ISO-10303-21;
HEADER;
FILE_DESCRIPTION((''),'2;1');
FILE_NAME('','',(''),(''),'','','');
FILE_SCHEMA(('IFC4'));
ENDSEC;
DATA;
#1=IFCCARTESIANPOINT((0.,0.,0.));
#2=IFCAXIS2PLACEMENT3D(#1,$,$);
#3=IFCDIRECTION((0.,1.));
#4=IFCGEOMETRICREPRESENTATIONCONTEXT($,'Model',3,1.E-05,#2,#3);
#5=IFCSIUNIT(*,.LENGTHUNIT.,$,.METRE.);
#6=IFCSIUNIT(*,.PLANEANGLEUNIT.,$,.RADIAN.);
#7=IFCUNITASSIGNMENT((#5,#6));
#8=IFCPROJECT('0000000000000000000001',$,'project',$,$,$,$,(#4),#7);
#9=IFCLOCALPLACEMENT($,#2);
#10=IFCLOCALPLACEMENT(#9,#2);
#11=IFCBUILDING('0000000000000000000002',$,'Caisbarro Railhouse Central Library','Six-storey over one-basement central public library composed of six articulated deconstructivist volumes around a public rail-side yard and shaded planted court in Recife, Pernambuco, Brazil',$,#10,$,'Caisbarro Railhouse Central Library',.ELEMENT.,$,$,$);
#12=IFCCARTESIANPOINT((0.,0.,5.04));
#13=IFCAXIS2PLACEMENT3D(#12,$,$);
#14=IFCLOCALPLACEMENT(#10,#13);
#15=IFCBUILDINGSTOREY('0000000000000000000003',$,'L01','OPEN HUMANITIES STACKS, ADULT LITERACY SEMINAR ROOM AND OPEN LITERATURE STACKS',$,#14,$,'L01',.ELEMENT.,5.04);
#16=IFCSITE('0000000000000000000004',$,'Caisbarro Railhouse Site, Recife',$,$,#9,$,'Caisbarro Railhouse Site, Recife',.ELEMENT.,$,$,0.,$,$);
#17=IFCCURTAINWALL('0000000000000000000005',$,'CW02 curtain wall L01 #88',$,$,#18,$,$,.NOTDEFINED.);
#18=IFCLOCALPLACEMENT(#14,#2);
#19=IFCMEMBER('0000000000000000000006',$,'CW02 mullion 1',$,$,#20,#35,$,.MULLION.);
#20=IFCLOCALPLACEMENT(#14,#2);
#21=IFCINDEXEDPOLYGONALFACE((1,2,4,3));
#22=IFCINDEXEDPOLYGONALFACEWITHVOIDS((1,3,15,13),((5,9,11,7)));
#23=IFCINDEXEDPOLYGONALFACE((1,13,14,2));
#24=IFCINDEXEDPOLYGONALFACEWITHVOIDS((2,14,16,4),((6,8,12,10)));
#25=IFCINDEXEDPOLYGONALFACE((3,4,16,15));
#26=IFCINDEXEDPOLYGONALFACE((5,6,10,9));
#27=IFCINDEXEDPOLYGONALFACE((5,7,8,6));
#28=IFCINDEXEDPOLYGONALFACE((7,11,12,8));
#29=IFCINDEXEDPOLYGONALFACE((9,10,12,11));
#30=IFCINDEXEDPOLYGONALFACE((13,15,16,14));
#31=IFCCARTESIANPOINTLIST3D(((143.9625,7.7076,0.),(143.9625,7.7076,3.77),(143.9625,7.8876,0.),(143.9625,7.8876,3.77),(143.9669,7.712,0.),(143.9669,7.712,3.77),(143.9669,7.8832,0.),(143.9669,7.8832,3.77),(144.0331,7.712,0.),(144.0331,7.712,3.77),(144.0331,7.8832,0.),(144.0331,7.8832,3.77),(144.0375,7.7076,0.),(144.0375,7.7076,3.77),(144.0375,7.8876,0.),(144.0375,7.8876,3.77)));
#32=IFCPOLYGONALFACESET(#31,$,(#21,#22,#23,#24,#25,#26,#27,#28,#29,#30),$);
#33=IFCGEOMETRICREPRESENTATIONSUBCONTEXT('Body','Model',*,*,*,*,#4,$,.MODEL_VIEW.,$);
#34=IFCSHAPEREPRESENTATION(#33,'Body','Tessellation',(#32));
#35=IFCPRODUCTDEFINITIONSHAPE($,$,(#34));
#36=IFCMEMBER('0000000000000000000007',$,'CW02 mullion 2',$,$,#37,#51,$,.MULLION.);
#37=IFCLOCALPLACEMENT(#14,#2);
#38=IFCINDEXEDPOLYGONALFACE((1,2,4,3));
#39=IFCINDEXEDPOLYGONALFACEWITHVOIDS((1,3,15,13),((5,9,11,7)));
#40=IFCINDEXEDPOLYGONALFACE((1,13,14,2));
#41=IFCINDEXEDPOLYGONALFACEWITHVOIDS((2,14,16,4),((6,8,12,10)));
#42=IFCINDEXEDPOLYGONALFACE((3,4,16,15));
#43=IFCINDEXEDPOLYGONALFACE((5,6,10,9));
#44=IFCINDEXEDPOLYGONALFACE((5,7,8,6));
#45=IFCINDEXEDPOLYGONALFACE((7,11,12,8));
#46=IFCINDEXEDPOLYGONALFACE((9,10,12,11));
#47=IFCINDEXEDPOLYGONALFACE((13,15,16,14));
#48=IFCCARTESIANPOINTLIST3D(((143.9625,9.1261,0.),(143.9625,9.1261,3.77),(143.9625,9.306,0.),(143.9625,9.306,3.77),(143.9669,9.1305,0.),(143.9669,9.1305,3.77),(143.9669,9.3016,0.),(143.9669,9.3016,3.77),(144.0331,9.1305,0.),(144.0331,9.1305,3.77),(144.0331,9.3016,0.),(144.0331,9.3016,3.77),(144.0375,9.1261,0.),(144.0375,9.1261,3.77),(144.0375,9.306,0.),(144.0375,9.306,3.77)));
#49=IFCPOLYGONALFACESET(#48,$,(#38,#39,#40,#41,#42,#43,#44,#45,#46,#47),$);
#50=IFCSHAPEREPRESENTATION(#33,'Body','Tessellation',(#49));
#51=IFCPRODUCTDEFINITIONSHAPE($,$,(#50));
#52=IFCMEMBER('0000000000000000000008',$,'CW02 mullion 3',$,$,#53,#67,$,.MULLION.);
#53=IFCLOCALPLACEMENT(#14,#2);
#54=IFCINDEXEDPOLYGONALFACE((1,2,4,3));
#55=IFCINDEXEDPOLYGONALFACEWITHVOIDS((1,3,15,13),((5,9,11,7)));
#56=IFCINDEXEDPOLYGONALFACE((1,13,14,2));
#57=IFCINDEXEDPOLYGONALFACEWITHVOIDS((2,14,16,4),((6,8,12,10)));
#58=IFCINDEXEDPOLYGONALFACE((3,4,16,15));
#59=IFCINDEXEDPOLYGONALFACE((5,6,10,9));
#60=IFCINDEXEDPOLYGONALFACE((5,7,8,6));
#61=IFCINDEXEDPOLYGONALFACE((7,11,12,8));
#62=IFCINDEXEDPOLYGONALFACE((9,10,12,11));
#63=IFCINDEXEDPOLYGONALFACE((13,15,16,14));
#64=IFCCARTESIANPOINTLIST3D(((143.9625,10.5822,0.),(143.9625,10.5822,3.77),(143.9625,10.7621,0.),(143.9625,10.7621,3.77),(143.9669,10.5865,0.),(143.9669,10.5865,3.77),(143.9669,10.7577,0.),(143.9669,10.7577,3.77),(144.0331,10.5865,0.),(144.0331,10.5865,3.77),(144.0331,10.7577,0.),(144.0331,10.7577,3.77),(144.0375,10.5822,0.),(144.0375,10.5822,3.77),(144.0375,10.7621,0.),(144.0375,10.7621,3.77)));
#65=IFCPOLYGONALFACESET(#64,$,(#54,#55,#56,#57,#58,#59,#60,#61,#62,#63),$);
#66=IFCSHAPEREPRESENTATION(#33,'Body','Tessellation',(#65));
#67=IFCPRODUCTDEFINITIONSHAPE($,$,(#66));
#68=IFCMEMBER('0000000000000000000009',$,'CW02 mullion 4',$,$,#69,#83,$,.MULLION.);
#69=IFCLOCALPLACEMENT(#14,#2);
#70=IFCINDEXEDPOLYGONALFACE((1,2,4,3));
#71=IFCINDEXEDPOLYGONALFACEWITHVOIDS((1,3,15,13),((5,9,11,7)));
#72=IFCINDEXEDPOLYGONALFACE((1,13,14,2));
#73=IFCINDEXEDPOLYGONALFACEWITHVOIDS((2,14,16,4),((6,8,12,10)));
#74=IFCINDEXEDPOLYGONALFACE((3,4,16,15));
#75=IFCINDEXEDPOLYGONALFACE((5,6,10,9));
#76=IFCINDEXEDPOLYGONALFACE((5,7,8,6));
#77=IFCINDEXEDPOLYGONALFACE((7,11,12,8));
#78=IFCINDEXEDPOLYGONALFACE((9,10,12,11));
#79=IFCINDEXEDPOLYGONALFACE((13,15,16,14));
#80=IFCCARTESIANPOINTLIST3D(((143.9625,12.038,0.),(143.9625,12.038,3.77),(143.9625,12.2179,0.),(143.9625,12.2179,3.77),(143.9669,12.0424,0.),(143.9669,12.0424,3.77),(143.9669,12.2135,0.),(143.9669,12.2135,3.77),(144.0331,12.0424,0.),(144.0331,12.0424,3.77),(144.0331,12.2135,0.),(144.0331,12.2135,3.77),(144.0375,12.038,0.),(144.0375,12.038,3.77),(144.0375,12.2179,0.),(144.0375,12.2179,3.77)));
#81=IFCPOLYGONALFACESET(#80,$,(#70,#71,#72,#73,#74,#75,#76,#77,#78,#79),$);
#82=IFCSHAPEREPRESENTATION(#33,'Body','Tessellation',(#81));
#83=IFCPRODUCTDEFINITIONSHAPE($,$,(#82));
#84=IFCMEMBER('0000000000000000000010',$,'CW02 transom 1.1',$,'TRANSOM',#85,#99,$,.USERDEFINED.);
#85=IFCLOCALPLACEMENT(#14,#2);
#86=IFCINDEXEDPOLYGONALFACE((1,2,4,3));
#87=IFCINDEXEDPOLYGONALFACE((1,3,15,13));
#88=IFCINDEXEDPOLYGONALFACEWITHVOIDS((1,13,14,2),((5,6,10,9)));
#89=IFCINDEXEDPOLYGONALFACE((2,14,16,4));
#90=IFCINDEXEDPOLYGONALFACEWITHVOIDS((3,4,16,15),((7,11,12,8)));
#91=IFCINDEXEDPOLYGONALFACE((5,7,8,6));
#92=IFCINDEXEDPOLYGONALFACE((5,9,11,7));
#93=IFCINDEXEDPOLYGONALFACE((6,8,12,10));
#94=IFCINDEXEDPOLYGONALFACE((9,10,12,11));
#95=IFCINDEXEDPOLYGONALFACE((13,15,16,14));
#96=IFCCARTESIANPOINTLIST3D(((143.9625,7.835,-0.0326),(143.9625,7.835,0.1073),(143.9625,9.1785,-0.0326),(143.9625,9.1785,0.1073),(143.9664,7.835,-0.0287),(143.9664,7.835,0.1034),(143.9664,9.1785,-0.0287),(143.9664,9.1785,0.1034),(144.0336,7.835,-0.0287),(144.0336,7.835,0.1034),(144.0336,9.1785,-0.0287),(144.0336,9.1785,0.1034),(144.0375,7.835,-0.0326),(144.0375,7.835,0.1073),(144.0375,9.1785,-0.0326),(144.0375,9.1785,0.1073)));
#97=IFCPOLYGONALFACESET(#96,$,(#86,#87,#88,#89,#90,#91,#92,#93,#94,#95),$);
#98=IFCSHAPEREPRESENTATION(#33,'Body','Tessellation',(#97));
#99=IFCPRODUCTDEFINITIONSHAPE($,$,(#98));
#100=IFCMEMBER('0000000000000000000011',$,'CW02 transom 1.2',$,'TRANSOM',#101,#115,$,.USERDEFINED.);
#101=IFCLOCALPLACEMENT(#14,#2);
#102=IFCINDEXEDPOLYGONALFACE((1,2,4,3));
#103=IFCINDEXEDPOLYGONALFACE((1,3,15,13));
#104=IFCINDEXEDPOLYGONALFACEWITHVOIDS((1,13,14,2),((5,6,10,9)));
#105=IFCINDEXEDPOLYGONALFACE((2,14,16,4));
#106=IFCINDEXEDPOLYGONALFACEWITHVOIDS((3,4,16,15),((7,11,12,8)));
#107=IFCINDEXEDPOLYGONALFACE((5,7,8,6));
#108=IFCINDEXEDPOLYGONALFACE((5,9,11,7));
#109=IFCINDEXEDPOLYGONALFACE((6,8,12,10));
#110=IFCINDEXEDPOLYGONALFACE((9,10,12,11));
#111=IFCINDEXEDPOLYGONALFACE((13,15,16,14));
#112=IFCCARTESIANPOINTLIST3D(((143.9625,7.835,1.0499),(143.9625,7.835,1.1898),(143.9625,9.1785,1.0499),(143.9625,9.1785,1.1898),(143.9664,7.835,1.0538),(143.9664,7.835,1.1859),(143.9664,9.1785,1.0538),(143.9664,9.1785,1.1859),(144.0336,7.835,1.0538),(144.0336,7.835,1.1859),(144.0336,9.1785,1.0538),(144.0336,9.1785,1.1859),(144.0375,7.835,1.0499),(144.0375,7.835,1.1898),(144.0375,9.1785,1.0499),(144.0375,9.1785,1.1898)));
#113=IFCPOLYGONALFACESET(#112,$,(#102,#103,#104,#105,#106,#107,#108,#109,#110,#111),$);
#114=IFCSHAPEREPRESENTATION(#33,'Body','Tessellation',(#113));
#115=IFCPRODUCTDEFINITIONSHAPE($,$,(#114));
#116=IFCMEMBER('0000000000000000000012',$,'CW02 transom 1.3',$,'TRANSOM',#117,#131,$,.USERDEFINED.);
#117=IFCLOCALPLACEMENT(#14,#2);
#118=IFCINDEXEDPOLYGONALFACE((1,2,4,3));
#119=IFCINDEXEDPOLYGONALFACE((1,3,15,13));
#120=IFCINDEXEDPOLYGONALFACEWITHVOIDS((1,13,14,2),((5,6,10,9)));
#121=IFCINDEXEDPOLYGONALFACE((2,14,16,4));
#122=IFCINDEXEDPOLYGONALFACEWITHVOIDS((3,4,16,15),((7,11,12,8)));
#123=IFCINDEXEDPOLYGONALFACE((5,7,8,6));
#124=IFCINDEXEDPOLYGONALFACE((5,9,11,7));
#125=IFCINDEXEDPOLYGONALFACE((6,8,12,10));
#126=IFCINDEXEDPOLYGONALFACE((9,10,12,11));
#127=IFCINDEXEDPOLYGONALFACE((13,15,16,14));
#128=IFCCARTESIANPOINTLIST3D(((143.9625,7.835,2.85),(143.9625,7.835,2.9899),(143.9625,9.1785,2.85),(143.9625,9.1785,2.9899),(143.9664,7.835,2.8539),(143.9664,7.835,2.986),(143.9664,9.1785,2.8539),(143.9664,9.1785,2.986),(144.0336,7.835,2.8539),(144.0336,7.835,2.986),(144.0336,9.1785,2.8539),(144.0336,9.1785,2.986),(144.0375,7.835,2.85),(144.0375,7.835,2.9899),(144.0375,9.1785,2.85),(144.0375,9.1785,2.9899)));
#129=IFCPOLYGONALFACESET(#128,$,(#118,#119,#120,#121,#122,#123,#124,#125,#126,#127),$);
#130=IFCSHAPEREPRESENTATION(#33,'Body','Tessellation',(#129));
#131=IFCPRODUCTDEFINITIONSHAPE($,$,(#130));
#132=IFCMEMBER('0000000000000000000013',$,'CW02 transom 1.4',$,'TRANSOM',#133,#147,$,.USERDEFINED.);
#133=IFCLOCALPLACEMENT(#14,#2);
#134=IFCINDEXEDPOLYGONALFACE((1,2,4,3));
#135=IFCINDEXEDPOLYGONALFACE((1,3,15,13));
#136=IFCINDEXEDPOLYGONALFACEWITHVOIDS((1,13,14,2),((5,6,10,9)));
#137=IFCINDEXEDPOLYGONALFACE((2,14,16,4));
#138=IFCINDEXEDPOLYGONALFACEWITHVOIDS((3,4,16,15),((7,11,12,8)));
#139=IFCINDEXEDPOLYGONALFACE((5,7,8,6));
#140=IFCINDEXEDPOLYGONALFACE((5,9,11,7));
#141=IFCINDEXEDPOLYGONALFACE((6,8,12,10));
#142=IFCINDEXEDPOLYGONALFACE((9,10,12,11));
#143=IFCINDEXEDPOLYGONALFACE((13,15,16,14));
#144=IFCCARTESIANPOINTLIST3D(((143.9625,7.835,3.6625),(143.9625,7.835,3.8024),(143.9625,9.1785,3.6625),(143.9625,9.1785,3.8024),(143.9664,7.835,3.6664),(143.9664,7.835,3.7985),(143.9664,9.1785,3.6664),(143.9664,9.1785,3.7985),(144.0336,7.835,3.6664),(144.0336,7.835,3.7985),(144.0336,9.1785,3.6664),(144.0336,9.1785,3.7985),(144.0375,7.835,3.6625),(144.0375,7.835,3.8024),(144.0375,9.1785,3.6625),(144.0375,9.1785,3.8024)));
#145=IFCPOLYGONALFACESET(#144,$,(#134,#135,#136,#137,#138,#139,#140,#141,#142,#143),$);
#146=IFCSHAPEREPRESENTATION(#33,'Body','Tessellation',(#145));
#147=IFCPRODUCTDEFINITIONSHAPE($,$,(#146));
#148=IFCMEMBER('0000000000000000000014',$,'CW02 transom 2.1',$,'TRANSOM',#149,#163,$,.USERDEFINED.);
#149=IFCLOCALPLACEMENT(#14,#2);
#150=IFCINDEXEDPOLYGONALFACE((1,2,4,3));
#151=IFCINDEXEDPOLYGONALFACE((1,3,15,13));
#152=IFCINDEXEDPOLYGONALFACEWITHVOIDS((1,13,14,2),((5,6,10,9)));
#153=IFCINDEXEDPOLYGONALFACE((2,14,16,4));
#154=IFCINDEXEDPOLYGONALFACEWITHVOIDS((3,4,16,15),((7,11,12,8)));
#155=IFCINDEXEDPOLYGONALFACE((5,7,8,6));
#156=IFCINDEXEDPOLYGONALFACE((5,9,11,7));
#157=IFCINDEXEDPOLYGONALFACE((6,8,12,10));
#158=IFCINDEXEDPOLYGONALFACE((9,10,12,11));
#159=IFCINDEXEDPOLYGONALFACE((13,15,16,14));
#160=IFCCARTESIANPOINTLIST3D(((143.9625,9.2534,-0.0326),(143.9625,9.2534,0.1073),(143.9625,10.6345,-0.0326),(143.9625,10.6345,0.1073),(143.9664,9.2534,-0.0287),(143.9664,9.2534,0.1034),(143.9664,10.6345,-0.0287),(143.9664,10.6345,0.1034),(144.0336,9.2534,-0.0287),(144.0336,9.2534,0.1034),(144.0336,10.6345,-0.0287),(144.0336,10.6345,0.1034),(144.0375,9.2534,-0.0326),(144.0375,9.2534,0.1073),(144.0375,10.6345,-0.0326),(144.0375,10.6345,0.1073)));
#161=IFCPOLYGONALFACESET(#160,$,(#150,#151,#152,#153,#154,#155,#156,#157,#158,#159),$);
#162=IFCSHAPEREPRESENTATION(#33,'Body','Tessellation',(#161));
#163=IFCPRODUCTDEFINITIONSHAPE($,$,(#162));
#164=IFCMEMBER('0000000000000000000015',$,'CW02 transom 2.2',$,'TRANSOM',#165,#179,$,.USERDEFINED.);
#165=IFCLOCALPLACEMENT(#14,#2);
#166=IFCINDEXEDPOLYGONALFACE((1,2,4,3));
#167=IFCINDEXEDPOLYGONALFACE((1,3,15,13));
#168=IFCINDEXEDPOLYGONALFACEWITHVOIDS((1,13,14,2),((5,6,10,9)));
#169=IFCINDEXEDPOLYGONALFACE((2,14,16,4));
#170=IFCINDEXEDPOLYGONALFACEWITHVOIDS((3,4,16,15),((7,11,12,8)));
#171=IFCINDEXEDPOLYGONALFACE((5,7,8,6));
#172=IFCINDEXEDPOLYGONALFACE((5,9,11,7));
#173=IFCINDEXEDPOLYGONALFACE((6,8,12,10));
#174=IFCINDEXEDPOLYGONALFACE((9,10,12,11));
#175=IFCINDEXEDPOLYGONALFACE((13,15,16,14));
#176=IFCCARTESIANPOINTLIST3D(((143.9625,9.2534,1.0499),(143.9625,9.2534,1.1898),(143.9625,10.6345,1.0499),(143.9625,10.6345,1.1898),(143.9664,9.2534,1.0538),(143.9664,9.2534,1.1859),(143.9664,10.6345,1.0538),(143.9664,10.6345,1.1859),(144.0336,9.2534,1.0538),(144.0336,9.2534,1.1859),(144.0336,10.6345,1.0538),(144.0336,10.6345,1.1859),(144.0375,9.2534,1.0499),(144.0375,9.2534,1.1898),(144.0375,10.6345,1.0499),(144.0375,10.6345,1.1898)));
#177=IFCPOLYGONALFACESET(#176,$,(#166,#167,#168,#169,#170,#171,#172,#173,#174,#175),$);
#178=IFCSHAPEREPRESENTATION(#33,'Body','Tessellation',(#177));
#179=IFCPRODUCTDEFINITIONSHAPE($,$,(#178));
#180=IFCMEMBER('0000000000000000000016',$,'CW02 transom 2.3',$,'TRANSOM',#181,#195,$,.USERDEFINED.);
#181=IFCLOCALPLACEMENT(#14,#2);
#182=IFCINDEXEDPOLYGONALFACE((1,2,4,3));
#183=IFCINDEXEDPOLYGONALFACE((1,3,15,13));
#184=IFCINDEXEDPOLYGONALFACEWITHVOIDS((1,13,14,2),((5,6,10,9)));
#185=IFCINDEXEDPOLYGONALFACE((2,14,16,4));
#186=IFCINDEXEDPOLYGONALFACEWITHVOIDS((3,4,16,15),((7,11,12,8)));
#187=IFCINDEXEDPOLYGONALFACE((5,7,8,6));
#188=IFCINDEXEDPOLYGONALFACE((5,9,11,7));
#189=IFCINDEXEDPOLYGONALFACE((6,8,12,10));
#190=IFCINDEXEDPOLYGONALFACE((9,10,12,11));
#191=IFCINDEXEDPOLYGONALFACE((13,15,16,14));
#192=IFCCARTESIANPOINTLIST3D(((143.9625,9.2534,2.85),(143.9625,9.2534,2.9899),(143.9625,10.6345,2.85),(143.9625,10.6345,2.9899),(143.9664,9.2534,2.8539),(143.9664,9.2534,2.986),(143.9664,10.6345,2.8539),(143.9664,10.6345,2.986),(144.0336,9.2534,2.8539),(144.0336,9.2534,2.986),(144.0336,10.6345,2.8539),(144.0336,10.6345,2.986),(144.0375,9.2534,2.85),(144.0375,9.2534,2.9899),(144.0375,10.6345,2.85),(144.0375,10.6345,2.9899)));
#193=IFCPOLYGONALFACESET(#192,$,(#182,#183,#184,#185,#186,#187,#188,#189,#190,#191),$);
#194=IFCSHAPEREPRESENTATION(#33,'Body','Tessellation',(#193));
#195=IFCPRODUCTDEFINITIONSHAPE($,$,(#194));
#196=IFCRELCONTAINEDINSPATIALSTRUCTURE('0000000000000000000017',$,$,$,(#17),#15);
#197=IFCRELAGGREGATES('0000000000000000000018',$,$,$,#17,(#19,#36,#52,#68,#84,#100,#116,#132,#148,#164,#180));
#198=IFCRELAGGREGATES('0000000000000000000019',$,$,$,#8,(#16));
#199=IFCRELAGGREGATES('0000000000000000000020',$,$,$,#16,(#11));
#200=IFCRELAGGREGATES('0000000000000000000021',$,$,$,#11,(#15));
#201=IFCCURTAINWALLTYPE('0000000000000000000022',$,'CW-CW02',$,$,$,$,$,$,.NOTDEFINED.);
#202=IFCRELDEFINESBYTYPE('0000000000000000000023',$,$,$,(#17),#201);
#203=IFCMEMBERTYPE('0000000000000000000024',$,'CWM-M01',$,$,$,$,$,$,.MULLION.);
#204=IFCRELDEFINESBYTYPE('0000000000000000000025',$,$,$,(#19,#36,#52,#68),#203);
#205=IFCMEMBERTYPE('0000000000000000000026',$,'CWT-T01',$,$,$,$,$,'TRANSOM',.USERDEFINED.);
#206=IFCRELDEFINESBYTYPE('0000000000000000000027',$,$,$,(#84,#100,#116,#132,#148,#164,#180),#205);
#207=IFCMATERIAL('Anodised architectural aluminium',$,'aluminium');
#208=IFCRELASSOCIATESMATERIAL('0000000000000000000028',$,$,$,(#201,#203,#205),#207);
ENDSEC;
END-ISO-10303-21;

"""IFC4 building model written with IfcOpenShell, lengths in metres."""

from ifc_helpers import new_model, si_unit, direction, frame, origin, origin_2d, place, context, subcontext, project, spatial, hollow_rectangle, extrude, material, material_profile, profile_set, type_object, element, aggregate, save


model = new_model("IFC4")

# Units and contexts
model_context = context("Model", 3, precision=1e-05, world=origin(), true_north=direction((0.0, 1.0)))
body_context = subcontext(model_context, "Body", "Model", "MODEL_VIEW")
ifc_project = project(units=[si_unit("LENGTHUNIT", "METRE"), si_unit("PLANEANGLEUNIT", "RADIAN")], contexts=[model_context])

# Site, building, storey
site_placement = place(None, origin())
site = spatial("IfcSite", under=ifc_project, at=site_placement, Name="Caisbarro Railhouse Site, Recife", LongName="Caisbarro Railhouse Site, Recife", CompositionType="ELEMENT", RefElevation=0.0)
building_placement = place(site_placement, origin())
building = spatial("IfcBuilding", under=site, at=building_placement, Name="Caisbarro Railhouse Central Library", Description="Six-storey over one-basement central public library composed of six articulated deconstructivist volumes around a public rail-side yard and shaded planted court in Recife, Pernambuco, Brazil", LongName="Caisbarro Railhouse Central Library", CompositionType="ELEMENT")
storey_placement = place(building_placement, frame((0.0, 0.0, 5.04)))
storey = spatial("IfcBuildingStorey", under=building, at=storey_placement, Name="L01", Description="OPEN HUMANITIES STACKS, ADULT LITERACY SEMINAR ROOM AND OPEN LITERATURE STACKS", LongName="L01", CompositionType="ELEMENT", Elevation=5.04)

# Curtain wall, members
ifc_material_1 = material(Name="Anodised architectural aluminium", Category="aluminium")
curtain_wall_type = type_object("IfcCurtainWallType", Name="CW-CW02", PredefinedType="NOTDEFINED", material=ifc_material_1)
curtain_wall_placement = place(storey_placement, origin())
curtain_wall = element("IfcCurtainWall", 1, at=curtain_wall_placement, inside=storey, type_object=curtain_wall_type, Name="CW02 curtain wall L01 #88", PredefinedType="NOTDEFINED")
ifc_material_profile_1 = material_profile(ifc_material_1, hollow_rectangle(XDim=0.075, YDim=0.1799, WallThickness=0.0044, at=origin_2d()), Name="ALU-MUL-75X180")
ifc_profile_set_1 = profile_set([ifc_material_profile_1], Name="Anodised architectural aluminium")
member_type_1 = type_object("IfcMemberType", Name="CWM-M01", PredefinedType="MULLION", material=ifc_profile_set_1)
member_1_placement = place(storey_placement, frame((144.0, 7.7976, 0.0), z_axis=(0.0, 0.0, 1.0), x_axis=(-1.0, 0.0, 0.0)))
member_1 = element("IfcMember", 2, at=member_1_placement, type_object=member_type_1, Name="CW02 mullion 1", PredefinedType="MULLION", context=body_context, shape_type="SweptSolid", body=[
    extrude(hollow_rectangle(XDim=0.075, YDim=0.1799, WallThickness=0.0044, at=origin_2d()), origin(), (0.0, 0.0, 1.0), 3.77),
])
member_2_placement = place(storey_placement, frame((144.0, 9.2161, 0.0), z_axis=(0.0, 0.0, 1.0), x_axis=(-1.0, 0.0, 0.0)))
member_2 = element("IfcMember", 3, at=member_2_placement, type_object=member_type_1, Name="CW02 mullion 2", PredefinedType="MULLION", context=body_context, shape_type="SweptSolid", body=[
    extrude(hollow_rectangle(XDim=0.075, YDim=0.1799, WallThickness=0.0044, at=origin_2d()), origin(), (0.0, 0.0, 1.0), 3.77),
])
member_3_placement = place(storey_placement, frame((144.0, 10.6721, 0.0), z_axis=(0.0, 0.0, 1.0), x_axis=(-1.0, 0.0, 0.0)))
member_3 = element("IfcMember", 4, at=member_3_placement, type_object=member_type_1, Name="CW02 mullion 3", PredefinedType="MULLION", context=body_context, shape_type="SweptSolid", body=[
    extrude(hollow_rectangle(XDim=0.075, YDim=0.1799, WallThickness=0.0044, at=origin_2d()), origin(), (0.0, 0.0, 1.0), 3.77),
])
member_4_placement = place(storey_placement, frame((144.0, 12.1279, 0.0), z_axis=(0.0, 0.0, 1.0), x_axis=(-1.0, 0.0, 0.0)))
member_4 = element("IfcMember", 5, at=member_4_placement, type_object=member_type_1, Name="CW02 mullion 4", PredefinedType="MULLION", context=body_context, shape_type="SweptSolid", body=[
    extrude(hollow_rectangle(XDim=0.075, YDim=0.1799, WallThickness=0.0044, at=origin_2d()), origin(), (0.0, 0.0, 1.0), 3.77),
])
ifc_material_profile_2 = material_profile(ifc_material_1, hollow_rectangle(XDim=0.075, YDim=0.1399, WallThickness=0.0039, at=origin_2d()), Name="ALU-TRN-75X140")
ifc_profile_set_2 = profile_set([ifc_material_profile_2], Name="Anodised architectural aluminium")
member_type_2 = type_object("IfcMemberType", Name="CWT-T01", ElementType="TRANSOM", PredefinedType="USERDEFINED", material=ifc_profile_set_2)
member_5_placement = place(storey_placement, frame((144.0, 7.835, 0.0374), z_axis=(0.0, 1.0, 0.0), x_axis=(-1.0, 0.0, 0.0)))
member_5 = element("IfcMember", 6, at=member_5_placement, type_object=member_type_2, Name="CW02 transom 1.1", ObjectType="TRANSOM", PredefinedType="USERDEFINED", context=body_context, shape_type="SweptSolid", body=[
    extrude(hollow_rectangle(XDim=0.075, YDim=0.1399, WallThickness=0.0039, at=origin_2d()), origin(), (0.0, 0.0, 1.0), 1.3435),
])
member_6_placement = place(storey_placement, frame((144.0, 7.835, 1.1199), z_axis=(0.0, 1.0, 0.0), x_axis=(-1.0, 0.0, 0.0)))
member_6 = element("IfcMember", 7, at=member_6_placement, type_object=member_type_2, Name="CW02 transom 1.2", ObjectType="TRANSOM", PredefinedType="USERDEFINED", context=body_context, shape_type="SweptSolid", body=[
    extrude(hollow_rectangle(XDim=0.075, YDim=0.1399, WallThickness=0.0039, at=origin_2d()), origin(), (0.0, 0.0, 1.0), 1.3435),
])
member_7_placement = place(storey_placement, frame((144.0, 7.835, 2.9199), z_axis=(0.0, 1.0, 0.0), x_axis=(-1.0, 0.0, 0.0)))
member_7 = element("IfcMember", 8, at=member_7_placement, type_object=member_type_2, Name="CW02 transom 1.3", ObjectType="TRANSOM", PredefinedType="USERDEFINED", context=body_context, shape_type="SweptSolid", body=[
    extrude(hollow_rectangle(XDim=0.075, YDim=0.1399, WallThickness=0.0039, at=origin_2d()), origin(), (0.0, 0.0, 1.0), 1.3435),
])
member_8_placement = place(storey_placement, frame((144.0, 7.835, 3.7324), z_axis=(0.0, 1.0, 0.0), x_axis=(-1.0, 0.0, 0.0)))
member_8 = element("IfcMember", 9, at=member_8_placement, type_object=member_type_2, Name="CW02 transom 1.4", ObjectType="TRANSOM", PredefinedType="USERDEFINED", context=body_context, shape_type="SweptSolid", body=[
    extrude(hollow_rectangle(XDim=0.075, YDim=0.1399, WallThickness=0.0039, at=origin_2d()), origin(), (0.0, 0.0, 1.0), 1.3435),
])
member_9_placement = place(storey_placement, frame((144.0, 9.2534, 0.0374), z_axis=(0.0, 1.0, 0.0), x_axis=(-1.0, 0.0, 0.0)))
member_9 = element("IfcMember", 10, at=member_9_placement, type_object=member_type_2, Name="CW02 transom 2.1", ObjectType="TRANSOM", PredefinedType="USERDEFINED", context=body_context, shape_type="SweptSolid", body=[
    extrude(hollow_rectangle(XDim=0.075, YDim=0.1399, WallThickness=0.0039, at=origin_2d()), origin(), (0.0, 0.0, 1.0), 1.3811),
])
member_10_placement = place(storey_placement, frame((144.0, 9.2534, 1.1199), z_axis=(0.0, 1.0, 0.0), x_axis=(-1.0, 0.0, 0.0)))
member_10 = element("IfcMember", 11, at=member_10_placement, type_object=member_type_2, Name="CW02 transom 2.2", ObjectType="TRANSOM", PredefinedType="USERDEFINED", context=body_context, shape_type="SweptSolid", body=[
    extrude(hollow_rectangle(XDim=0.075, YDim=0.1399, WallThickness=0.0039, at=origin_2d()), origin(), (0.0, 0.0, 1.0), 1.3811),
])
member_11_placement = place(storey_placement, frame((144.0, 9.2534, 2.9199), z_axis=(0.0, 1.0, 0.0), x_axis=(-1.0, 0.0, 0.0)))
member_11 = element("IfcMember", 12, at=member_11_placement, type_object=member_type_2, Name="CW02 transom 2.3", ObjectType="TRANSOM", PredefinedType="USERDEFINED", context=body_context, shape_type="SweptSolid", body=[
    extrude(hollow_rectangle(XDim=0.075, YDim=0.1399, WallThickness=0.0039, at=origin_2d()), origin(), (0.0, 0.0, 1.0), 1.3811),
])
aggregate(curtain_wall, [member_1, member_2, member_3, member_4, member_5, member_6, member_7, member_8, member_9, member_10, member_11])

save(model, "model.ifc")
